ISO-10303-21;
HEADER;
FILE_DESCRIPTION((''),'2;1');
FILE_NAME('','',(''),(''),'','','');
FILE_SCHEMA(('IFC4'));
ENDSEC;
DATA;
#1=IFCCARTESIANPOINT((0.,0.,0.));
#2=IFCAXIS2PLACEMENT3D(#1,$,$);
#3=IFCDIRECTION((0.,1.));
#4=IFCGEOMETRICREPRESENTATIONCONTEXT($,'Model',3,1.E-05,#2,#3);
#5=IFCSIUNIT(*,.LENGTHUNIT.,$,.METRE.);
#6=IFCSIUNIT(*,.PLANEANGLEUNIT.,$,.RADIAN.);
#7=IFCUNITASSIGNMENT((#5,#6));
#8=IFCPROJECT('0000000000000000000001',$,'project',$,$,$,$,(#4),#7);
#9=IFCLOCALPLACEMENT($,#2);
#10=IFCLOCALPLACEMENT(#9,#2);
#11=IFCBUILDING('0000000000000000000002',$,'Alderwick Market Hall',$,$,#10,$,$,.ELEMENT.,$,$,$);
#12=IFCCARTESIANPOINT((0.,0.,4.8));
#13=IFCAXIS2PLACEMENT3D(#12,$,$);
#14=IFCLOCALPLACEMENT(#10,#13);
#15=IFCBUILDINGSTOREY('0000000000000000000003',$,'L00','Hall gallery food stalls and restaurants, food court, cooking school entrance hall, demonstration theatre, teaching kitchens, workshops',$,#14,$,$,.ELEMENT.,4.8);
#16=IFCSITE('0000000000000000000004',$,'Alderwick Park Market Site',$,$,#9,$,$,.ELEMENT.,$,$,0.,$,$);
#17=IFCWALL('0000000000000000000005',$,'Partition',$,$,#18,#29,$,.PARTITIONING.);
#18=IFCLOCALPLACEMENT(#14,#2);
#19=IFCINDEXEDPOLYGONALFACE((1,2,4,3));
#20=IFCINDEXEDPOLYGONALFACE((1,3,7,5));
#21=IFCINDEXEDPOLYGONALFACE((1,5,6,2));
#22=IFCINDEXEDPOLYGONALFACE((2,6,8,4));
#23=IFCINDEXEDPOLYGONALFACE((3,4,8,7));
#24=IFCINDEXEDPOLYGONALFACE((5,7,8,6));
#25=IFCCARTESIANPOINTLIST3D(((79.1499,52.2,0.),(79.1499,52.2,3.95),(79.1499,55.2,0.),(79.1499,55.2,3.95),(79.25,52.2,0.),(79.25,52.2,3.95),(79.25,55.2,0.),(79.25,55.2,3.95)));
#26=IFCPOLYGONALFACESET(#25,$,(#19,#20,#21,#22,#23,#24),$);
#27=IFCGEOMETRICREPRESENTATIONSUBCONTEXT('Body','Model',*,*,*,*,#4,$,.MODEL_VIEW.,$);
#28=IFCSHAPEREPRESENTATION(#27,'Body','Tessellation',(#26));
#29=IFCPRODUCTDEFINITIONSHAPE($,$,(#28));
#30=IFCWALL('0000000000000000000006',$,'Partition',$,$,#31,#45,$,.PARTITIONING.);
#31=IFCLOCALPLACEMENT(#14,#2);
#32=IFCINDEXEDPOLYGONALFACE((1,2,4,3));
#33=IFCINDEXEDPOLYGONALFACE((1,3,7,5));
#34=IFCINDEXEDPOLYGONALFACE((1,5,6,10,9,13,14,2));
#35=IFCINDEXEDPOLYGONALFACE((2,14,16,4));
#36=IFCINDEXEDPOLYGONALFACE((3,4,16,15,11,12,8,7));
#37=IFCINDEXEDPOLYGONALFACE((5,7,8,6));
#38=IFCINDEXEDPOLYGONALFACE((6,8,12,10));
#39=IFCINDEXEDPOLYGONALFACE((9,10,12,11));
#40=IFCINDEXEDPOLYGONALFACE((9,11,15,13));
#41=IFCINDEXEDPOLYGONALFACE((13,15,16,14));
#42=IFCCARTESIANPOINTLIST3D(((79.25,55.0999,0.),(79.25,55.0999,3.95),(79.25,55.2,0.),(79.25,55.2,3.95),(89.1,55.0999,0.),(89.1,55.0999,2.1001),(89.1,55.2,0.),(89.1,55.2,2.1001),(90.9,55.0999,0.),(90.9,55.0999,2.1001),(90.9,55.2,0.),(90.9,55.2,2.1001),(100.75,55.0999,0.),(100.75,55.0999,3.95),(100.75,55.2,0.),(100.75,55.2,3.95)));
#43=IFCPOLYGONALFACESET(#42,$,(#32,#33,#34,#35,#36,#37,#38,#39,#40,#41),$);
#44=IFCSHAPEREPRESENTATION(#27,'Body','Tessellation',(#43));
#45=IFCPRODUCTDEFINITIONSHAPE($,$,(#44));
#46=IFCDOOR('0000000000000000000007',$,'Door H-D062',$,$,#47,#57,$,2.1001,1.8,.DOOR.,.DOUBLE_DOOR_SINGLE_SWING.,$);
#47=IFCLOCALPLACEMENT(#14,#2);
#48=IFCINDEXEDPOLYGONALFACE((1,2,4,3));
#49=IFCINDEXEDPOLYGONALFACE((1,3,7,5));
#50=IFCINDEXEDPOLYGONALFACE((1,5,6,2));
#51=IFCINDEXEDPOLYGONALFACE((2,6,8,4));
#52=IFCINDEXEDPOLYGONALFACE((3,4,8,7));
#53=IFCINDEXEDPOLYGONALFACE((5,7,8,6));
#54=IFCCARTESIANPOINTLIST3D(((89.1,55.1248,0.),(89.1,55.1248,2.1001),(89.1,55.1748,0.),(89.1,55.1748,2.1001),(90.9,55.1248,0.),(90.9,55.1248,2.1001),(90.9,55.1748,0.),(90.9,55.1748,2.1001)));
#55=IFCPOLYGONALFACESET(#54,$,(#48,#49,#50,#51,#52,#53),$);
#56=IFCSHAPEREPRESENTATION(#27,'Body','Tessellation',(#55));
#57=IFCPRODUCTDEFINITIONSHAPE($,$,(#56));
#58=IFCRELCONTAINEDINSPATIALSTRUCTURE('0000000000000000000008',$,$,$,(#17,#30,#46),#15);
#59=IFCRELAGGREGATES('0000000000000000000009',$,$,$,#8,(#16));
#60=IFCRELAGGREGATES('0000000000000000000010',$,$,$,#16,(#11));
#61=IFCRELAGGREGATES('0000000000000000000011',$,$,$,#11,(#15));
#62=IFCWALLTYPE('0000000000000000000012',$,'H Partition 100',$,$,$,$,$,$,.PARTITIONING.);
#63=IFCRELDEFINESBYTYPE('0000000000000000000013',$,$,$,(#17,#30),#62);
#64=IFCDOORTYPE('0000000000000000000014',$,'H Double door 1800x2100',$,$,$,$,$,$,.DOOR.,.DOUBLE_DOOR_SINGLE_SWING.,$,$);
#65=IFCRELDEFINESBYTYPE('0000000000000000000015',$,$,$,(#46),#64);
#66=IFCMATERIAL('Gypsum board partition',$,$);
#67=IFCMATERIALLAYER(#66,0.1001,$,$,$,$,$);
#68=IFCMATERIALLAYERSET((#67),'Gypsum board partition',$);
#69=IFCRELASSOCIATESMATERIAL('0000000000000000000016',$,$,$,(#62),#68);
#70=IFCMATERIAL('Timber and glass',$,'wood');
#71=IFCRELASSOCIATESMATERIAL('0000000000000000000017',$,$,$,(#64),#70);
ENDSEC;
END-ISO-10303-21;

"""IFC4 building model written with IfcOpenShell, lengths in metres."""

from ifc_helpers import new_model, si_unit, direction, frame, frame_2d, origin, place, context, subcontext, project, spatial, rectangle, extrude, material, layer, layer_set, type_object, element, fill, save


model = new_model("IFC4")

# Units and contexts
model_context = context("Model", 3, precision=1e-05, world=origin(), true_north=direction((0.0, 1.0)))
body_context = subcontext(model_context, "Body", "Model", "MODEL_VIEW")
ifc_project = project(units=[si_unit("LENGTHUNIT", "METRE"), si_unit("PLANEANGLEUNIT", "RADIAN")], contexts=[model_context])

# Site, building, storey
site_placement = place(None, origin())
site = spatial("IfcSite", under=ifc_project, at=site_placement, Name="Alderwick Park Market Site", CompositionType="ELEMENT", RefElevation=0.0)
building_placement = place(site_placement, origin())
building = spatial("IfcBuilding", under=site, at=building_placement, Name="Alderwick Market Hall", CompositionType="ELEMENT")
storey_placement = place(building_placement, frame((0.0, 0.0, 4.8)))
storey = spatial("IfcBuildingStorey", under=building, at=storey_placement, Name="L00", Description="Hall gallery food stalls and restaurants, food court, cooking school entrance hall, demonstration theatre, teaching kitchens, workshops", CompositionType="ELEMENT", Elevation=4.8)

# Wall
ifc_material_1 = material(Name="Gypsum board partition")
ifc_layer_1 = layer(ifc_material_1, 0.1001)
ifc_layer_set_1 = layer_set([ifc_layer_1], Name="Gypsum board partition")
wall_type_1 = type_object("IfcWallType", Name="H Partition 100", PredefinedType="PARTITIONING", material=ifc_layer_set_1)
wall_1_placement = place(storey_placement, frame((79.2, 52.2, 0.0), z_axis=(0.0, 0.0, 1.0), x_axis=(0.0, 1.0, 0.0)))
element("IfcWall", 1, at=wall_1_placement, inside=storey, type_object=wall_type_1, Name="Partition", PredefinedType="PARTITIONING", context=body_context, shape_type="SweptSolid", body=[
    extrude(rectangle(XDim=3.0, YDim=0.1001, at=frame_2d((1.5, 0.0))), origin(), (0.0, 0.0, 1.0), 3.95),
])

# Wall, opening, door
wall_2_placement = place(storey_placement, frame((79.25, 55.1499, 0.0), z_axis=(0.0, 0.0, 1.0), x_axis=(1.0, 0.0, 0.0)))
wall_2 = element("IfcWall", 2, at=wall_2_placement, inside=storey, type_object=wall_type_1, Name="Partition", PredefinedType="PARTITIONING", context=body_context, shape_type="SweptSolid", body=[
    extrude(rectangle(XDim=21.5, YDim=0.1001, at=frame_2d((10.75, 0.0))), origin(), (0.0, 0.0, 1.0), 3.95),
])
opening_1_placement = place(wall_2_placement, frame((9.8501, 0.0, 0.0)))
opening_1 = element("IfcOpeningElement", 3, at=opening_1_placement, cuts=wall_2, PredefinedType="OPENING", context=body_context, shape_type="SweptSolid", body=[
    extrude(rectangle(XDim=1.8, YDim=2.1001, at=frame_2d((0.8999, 1.05))), frame((0.0, 0.0601, 0.0), z_axis=(0.0, -1.0, 0.0), x_axis=(1.0, 0.0, 0.0)), (0.0, 0.0, 1.0), 0.1201),
])
ifc_material_2 = material(Name="Timber and glass", Category="wood")
door_type = type_object("IfcDoorType", Name="H Double door 1800x2100", OperationType="DOUBLE_DOOR_SINGLE_SWING", PredefinedType="DOOR", material=ifc_material_2)
door_placement = place(opening_1_placement, origin())
door = element("IfcDoor", 4, at=door_placement, inside=storey, type_object=door_type, Name="Door H-D062", OperationType="DOUBLE_DOOR_SINGLE_SWING", OverallHeight=2.1001, OverallWidth=1.8, PredefinedType="DOOR", context=body_context, shape_type="SweptSolid", body=[
    extrude(rectangle(XDim=1.8, YDim=2.1001, at=frame_2d((0.8999, 1.05))), frame((0.0, 0.0249, 0.0), z_axis=(0.0, -1.0, 0.0), x_axis=(1.0, 0.0, 0.0)), (0.0, 0.0, 1.0), 0.05),
])
fill(opening_1, door)

save(model, "model.ifc")
